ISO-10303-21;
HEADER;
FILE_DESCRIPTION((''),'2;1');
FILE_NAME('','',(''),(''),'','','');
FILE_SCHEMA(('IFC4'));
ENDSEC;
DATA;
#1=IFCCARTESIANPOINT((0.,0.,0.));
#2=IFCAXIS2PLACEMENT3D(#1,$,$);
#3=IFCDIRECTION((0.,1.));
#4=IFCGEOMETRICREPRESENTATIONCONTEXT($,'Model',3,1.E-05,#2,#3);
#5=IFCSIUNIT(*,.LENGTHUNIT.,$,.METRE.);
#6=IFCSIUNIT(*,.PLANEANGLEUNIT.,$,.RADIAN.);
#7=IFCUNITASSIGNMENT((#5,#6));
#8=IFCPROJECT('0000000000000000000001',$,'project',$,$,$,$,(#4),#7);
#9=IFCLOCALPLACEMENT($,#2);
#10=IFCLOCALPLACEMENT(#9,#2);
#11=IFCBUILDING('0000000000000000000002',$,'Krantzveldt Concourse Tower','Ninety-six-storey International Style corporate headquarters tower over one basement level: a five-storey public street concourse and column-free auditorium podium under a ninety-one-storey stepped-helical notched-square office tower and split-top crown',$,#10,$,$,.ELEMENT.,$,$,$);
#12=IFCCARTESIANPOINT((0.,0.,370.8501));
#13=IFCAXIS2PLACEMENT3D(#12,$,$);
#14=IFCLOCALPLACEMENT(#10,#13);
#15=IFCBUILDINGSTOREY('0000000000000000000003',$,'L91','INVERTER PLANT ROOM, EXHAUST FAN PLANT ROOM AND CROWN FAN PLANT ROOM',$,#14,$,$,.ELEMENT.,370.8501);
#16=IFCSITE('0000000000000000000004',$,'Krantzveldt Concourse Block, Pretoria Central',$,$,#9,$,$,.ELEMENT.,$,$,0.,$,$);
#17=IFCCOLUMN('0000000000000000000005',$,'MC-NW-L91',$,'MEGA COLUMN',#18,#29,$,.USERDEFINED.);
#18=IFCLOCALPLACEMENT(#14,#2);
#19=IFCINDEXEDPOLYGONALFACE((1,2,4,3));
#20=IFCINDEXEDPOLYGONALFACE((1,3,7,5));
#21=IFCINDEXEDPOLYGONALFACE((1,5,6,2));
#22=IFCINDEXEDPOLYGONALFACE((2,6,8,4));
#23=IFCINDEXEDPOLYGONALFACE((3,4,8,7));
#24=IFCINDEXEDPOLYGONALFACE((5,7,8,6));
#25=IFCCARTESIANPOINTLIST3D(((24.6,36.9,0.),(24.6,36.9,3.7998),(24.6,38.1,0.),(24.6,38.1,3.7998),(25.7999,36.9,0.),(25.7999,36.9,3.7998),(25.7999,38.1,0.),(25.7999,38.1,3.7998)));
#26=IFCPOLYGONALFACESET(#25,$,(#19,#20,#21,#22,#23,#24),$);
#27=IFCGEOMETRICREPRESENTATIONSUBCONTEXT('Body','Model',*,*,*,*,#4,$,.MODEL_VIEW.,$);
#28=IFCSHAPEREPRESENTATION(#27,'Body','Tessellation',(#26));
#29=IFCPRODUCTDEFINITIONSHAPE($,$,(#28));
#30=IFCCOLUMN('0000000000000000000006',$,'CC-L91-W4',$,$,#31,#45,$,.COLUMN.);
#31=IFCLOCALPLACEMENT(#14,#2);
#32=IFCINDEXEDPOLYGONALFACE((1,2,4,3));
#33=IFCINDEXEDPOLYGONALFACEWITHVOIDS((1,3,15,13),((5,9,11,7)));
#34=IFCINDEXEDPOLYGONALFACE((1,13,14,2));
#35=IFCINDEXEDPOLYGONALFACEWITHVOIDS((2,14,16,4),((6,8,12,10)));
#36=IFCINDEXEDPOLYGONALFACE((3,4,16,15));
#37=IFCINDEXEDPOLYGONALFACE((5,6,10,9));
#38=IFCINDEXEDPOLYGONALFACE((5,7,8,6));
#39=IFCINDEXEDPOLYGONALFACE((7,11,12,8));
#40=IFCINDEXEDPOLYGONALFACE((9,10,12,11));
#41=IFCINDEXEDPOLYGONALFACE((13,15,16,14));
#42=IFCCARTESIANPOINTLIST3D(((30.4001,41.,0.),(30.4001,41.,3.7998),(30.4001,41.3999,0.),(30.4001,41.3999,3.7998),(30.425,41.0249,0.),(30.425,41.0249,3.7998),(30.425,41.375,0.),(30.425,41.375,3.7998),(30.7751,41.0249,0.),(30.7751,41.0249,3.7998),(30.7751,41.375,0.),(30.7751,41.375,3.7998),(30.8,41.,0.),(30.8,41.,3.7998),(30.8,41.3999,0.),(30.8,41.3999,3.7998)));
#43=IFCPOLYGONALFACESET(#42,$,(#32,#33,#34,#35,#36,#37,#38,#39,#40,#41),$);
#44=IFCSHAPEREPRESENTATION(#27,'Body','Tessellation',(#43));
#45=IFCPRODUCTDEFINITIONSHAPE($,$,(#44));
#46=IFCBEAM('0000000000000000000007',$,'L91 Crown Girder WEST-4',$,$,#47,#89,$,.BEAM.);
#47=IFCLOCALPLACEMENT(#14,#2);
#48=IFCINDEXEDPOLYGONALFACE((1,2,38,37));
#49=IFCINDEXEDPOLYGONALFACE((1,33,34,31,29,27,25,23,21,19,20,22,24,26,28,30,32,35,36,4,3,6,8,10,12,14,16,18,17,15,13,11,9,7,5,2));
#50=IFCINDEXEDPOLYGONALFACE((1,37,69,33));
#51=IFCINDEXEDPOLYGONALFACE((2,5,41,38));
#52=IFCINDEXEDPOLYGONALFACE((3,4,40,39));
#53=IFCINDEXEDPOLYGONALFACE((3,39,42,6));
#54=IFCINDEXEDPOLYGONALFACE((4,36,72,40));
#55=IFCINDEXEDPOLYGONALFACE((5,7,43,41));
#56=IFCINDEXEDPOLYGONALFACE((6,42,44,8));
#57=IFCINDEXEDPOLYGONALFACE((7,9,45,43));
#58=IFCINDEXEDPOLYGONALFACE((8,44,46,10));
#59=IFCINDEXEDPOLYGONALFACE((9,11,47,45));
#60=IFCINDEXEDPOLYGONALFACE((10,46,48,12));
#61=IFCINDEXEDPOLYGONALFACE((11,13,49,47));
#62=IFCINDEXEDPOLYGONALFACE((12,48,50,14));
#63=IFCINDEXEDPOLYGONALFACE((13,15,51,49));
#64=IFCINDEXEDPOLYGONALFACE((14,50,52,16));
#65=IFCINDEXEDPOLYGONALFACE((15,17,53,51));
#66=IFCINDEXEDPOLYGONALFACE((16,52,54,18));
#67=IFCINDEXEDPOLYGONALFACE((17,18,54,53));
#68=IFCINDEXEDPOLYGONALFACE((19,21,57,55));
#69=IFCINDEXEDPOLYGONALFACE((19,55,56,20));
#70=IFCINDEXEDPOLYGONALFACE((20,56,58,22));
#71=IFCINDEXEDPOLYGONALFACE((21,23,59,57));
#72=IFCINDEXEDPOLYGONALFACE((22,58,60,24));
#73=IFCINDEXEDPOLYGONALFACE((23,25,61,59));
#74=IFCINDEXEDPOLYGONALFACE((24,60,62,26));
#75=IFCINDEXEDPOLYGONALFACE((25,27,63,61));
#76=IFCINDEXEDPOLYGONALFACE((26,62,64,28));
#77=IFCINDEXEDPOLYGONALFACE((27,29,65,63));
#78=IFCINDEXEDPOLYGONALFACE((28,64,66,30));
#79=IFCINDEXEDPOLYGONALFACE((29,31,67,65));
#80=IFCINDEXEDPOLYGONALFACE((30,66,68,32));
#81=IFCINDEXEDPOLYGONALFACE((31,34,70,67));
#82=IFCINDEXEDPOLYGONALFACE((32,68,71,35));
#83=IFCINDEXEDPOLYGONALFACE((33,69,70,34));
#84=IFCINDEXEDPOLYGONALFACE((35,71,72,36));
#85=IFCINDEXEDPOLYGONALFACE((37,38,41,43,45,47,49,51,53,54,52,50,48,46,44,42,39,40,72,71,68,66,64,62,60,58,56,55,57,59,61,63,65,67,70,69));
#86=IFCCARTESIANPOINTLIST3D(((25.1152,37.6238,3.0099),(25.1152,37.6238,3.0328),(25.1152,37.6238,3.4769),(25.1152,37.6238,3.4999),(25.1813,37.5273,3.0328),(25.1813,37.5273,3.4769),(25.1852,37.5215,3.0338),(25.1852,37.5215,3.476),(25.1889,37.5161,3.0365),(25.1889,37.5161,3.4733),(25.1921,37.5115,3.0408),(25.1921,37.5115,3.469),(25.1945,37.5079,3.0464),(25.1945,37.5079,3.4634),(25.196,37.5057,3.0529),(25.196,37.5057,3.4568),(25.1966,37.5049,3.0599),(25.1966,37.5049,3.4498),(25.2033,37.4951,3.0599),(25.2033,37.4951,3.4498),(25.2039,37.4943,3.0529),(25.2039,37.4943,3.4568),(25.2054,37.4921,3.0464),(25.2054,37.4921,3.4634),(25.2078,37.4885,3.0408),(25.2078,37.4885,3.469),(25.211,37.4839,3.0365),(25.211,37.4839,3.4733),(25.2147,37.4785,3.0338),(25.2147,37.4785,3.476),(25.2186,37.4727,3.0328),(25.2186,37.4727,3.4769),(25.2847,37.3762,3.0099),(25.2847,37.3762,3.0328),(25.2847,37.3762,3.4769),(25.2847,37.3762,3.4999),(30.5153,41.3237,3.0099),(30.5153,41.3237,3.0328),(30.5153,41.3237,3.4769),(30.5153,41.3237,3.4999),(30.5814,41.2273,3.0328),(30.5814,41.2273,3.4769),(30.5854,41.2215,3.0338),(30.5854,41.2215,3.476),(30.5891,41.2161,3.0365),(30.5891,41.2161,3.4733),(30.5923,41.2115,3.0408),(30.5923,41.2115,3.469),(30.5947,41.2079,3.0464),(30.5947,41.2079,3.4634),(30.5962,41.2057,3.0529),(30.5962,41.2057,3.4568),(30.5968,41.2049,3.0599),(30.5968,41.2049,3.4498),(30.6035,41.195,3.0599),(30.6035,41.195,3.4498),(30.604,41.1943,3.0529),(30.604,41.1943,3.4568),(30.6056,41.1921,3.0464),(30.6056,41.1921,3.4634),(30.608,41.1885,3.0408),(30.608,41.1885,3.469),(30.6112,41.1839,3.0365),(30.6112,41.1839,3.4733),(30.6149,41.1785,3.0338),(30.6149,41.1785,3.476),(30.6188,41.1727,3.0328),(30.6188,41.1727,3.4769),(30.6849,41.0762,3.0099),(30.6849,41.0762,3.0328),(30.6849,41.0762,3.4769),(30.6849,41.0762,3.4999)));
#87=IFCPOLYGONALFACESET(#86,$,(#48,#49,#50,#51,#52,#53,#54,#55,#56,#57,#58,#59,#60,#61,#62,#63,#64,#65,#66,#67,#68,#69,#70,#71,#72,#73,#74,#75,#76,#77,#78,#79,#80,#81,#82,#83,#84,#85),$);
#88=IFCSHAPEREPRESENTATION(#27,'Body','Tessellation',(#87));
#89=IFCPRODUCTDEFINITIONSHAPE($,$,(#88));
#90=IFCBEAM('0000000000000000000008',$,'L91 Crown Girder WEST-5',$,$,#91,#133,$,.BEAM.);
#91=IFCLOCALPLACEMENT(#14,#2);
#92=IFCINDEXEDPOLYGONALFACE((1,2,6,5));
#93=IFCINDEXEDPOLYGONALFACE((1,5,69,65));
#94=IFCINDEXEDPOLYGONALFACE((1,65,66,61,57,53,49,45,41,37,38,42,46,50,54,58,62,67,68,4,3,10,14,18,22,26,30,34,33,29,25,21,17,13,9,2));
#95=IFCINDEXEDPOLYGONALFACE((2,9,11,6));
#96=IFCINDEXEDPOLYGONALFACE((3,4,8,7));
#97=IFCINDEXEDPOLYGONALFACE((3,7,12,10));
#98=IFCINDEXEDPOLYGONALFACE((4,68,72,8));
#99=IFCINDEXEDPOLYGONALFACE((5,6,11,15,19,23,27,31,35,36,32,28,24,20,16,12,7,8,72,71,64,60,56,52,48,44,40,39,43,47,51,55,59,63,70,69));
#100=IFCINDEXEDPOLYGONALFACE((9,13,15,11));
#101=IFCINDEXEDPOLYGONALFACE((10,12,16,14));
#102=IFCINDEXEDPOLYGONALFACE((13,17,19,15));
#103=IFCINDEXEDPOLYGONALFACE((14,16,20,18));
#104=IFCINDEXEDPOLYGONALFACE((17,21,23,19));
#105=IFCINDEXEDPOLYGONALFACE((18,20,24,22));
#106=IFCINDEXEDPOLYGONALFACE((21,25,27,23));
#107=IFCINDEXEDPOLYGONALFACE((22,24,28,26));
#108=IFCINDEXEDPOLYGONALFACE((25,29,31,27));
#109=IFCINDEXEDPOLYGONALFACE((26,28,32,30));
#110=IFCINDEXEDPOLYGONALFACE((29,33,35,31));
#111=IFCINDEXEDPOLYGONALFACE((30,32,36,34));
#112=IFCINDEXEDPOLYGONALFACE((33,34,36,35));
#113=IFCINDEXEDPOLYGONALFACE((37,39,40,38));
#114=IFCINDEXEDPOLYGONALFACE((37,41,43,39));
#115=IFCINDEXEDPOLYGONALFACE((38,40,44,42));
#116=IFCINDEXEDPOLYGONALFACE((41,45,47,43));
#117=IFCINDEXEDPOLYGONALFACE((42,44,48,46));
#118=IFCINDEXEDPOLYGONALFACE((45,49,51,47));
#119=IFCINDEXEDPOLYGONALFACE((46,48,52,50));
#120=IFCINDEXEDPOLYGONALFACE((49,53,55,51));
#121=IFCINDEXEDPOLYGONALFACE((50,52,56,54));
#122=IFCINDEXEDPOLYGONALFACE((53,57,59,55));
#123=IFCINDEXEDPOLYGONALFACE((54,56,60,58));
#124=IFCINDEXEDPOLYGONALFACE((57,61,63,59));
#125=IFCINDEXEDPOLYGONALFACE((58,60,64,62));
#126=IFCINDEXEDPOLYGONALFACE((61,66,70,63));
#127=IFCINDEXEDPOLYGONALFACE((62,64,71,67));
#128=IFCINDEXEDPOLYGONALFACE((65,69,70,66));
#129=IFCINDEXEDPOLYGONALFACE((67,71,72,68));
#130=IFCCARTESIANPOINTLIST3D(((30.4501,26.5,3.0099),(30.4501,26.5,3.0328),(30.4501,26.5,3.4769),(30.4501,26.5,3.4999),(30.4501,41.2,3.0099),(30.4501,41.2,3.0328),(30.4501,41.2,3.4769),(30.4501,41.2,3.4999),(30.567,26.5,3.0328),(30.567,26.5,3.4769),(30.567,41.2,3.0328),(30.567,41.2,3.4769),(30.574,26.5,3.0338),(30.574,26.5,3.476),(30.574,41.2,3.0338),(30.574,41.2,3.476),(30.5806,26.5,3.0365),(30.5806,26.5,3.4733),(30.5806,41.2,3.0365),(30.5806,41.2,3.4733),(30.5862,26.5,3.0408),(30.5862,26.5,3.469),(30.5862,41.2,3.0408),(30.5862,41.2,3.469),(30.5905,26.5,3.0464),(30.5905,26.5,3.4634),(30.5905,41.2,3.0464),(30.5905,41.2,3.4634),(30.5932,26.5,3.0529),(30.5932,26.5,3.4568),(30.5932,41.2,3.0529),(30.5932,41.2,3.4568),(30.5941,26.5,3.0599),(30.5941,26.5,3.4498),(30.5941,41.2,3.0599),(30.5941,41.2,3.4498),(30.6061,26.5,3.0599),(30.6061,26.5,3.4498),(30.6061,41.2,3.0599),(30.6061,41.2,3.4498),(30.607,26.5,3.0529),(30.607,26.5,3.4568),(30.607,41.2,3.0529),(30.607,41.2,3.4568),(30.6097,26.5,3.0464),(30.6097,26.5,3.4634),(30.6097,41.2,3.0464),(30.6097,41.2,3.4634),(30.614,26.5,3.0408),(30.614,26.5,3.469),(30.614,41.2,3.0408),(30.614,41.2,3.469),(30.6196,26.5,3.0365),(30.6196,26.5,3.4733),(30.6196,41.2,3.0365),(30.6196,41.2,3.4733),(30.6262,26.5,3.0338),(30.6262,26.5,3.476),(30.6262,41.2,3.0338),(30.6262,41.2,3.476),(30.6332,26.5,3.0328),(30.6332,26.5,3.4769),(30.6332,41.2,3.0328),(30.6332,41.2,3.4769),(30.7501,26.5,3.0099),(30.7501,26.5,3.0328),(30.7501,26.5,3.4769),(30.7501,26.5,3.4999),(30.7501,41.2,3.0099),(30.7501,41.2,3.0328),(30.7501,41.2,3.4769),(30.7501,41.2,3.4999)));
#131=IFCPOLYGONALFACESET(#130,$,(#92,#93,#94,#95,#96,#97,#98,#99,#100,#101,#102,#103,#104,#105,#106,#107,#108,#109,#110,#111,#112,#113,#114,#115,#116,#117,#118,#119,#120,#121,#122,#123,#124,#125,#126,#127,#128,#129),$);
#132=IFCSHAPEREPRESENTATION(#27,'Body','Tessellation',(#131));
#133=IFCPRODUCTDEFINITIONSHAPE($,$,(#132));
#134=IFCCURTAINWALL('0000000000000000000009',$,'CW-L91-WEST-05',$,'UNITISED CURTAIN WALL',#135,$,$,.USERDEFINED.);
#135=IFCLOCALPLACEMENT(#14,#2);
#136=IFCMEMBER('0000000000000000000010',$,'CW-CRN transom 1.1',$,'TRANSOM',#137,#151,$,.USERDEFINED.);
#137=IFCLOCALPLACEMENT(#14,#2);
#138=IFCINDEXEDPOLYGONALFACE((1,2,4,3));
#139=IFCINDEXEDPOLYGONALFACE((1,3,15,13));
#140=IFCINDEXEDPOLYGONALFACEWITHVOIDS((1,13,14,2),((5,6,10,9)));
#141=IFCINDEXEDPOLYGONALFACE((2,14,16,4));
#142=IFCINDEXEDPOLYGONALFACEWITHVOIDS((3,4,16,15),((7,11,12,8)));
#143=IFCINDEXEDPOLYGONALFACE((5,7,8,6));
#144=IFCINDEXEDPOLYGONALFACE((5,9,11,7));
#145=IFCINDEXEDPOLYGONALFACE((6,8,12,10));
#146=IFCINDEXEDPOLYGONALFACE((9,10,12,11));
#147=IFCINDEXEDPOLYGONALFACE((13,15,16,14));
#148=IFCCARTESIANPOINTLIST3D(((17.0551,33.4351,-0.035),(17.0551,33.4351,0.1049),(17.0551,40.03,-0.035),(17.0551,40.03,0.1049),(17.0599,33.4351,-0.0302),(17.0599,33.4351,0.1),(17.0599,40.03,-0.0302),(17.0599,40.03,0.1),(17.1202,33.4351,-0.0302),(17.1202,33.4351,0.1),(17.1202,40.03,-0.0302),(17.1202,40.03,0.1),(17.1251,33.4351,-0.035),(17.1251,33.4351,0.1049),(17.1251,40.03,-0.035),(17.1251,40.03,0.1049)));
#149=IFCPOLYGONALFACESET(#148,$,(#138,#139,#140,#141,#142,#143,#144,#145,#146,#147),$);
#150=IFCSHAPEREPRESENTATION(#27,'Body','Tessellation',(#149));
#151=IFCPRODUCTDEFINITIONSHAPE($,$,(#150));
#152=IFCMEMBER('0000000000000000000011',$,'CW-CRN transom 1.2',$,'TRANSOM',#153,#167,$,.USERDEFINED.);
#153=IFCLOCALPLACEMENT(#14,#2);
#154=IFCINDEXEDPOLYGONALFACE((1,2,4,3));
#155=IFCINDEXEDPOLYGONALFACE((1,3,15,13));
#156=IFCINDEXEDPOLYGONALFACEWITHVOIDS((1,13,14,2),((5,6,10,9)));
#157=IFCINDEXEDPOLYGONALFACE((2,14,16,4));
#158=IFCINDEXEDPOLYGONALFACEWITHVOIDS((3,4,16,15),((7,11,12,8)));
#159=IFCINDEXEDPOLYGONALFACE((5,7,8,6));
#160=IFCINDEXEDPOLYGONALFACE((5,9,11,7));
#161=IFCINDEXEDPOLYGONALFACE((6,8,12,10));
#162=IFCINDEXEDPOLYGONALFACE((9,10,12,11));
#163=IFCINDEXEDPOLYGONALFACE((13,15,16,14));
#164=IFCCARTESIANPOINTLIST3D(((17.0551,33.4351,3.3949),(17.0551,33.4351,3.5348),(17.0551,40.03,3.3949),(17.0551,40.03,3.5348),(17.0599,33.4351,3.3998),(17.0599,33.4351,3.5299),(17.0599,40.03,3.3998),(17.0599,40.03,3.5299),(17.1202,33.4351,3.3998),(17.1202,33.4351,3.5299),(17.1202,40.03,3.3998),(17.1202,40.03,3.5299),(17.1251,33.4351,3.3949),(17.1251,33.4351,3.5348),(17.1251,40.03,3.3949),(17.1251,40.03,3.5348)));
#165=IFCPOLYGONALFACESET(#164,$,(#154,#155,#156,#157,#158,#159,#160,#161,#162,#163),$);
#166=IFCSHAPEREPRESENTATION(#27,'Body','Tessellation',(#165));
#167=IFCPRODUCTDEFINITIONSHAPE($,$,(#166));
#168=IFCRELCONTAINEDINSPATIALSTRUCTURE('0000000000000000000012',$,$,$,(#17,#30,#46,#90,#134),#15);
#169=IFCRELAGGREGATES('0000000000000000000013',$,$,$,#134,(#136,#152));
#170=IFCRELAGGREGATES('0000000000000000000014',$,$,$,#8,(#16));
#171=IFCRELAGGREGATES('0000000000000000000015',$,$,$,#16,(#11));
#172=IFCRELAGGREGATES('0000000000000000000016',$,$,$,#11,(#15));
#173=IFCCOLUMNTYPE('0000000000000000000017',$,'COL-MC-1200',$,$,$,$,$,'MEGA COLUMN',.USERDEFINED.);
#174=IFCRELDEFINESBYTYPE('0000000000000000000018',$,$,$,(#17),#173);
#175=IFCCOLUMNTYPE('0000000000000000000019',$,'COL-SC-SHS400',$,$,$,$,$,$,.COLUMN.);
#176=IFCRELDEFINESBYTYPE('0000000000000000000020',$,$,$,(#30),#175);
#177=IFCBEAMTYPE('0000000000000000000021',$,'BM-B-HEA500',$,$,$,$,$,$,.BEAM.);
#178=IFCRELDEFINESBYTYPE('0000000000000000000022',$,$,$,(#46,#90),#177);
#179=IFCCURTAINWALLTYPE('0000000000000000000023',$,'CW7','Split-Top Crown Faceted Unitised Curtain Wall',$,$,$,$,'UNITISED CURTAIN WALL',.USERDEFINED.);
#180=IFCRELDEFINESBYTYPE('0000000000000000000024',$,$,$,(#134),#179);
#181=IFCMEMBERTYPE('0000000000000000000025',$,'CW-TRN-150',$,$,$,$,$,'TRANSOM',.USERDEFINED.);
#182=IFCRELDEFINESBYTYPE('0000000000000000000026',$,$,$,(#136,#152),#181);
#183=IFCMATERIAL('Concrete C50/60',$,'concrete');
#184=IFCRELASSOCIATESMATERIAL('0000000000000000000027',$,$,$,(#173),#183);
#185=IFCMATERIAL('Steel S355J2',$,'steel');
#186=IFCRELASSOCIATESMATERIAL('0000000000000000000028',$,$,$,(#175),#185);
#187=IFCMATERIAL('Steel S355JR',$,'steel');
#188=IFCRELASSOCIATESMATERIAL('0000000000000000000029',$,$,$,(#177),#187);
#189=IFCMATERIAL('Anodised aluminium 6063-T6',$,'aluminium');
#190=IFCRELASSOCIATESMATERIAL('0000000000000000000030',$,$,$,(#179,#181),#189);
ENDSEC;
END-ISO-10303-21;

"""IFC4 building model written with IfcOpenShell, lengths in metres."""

from ifc_helpers import new_model, si_unit, direction, frame, origin, origin_2d, place, context, subcontext, project, spatial, rectangle, hollow_rectangle, i_section, extrude, source, transform, mapped, material, material_profile, profile_set, type_object, type_shapes, element, aggregate, save


model = new_model("IFC4")

# Units and contexts
model_context = context("Model", 3, precision=1e-05, world=origin(), true_north=direction((0.0, 1.0)))
body_context = subcontext(model_context, "Body", "Model", "MODEL_VIEW")
ifc_project = project(units=[si_unit("LENGTHUNIT", "METRE"), si_unit("PLANEANGLEUNIT", "RADIAN")], contexts=[model_context])

# Site, building, storey
site_placement = place(None, origin())
site = spatial("IfcSite", under=ifc_project, at=site_placement, Name="Krantzveldt Concourse Block, Pretoria Central", CompositionType="ELEMENT", RefElevation=0.0)
building_placement = place(site_placement, origin())
building = spatial("IfcBuilding", under=site, at=building_placement, Name="Krantzveldt Concourse Tower", Description="Ninety-six-storey International Style corporate headquarters tower over one basement level: a five-storey public street concourse and column-free auditorium podium under a ninety-one-storey stepped-helical notched-square office tower and split-top crown", CompositionType="ELEMENT")
storey_placement = place(building_placement, frame((0.0, 0.0, 370.8501)))
storey = spatial("IfcBuildingStorey", under=building, at=storey_placement, Name="L91", Description="INVERTER PLANT ROOM, EXHAUST FAN PLANT ROOM AND CROWN FAN PLANT ROOM", CompositionType="ELEMENT", Elevation=370.8501)

# Columns
ifc_material_1 = material(Name="Concrete C50/60", Category="concrete")
ifc_material_profile_1 = material_profile(ifc_material_1, rectangle(XDim=1.2, YDim=1.2, at=origin_2d()), Name="Concrete C50/60", Category="concrete")
ifc_profile_set_1 = profile_set([ifc_material_profile_1], Name="Concrete C50/60 - RC 1200x1200")
column_type_1 = type_object("IfcColumnType", Name="COL-MC-1200", ElementType="MEGA COLUMN", PredefinedType="USERDEFINED", material=ifc_profile_set_1)
shared_shape_1 = source(origin(), body_context, "Body", "SweptSolid", [
    extrude(rectangle(XDim=1.2, YDim=1.2, at=origin_2d()), origin(), (0.0, 0.0, 1.0), 3.7998),
])
type_shapes(column_type_1, [shared_shape_1])
column_1_placement = place(storey_placement, frame((25.2, 37.5, 0.0), z_axis=(0.0, 0.0, 1.0), x_axis=(1.0, 0.0, 0.0)))
element("IfcColumn", 1, at=column_1_placement, inside=storey, type_object=column_type_1, Name="MC-NW-L91", ObjectType="MEGA COLUMN", PredefinedType="USERDEFINED", context=body_context, shape_type="MappedRepresentation", body=[
    mapped(shared_shape_1, transform((0.0, 0.0, 0.0), x_axis=(1.0, 0.0, 0.0), y_axis=(0.0, 1.0, 0.0), z_axis=(0.0, 0.0, 1.0), scale=1.0)),
])
ifc_material_2 = material(Name="Steel S355J2", Category="steel")
ifc_material_profile_2 = material_profile(ifc_material_2, hollow_rectangle(XDim=0.3999, YDim=0.3999, WallThickness=0.0249, at=origin_2d()), Name="Steel S355J2", Category="steel")
ifc_profile_set_2 = profile_set([ifc_material_profile_2], Name="Steel S355J2 - SHS 400x400x25")
column_type_2 = type_object("IfcColumnType", Name="COL-SC-SHS400", PredefinedType="COLUMN", material=ifc_profile_set_2)
shared_shape_2 = source(origin(), body_context, "Body", "SweptSolid", [
    extrude(hollow_rectangle(XDim=0.3999, YDim=0.3999, WallThickness=0.0249, at=origin_2d()), origin(), (0.0, 0.0, 1.0), 3.7998),
])
type_shapes(column_type_2, [shared_shape_2])
column_2_placement = place(storey_placement, frame((30.6001, 41.2, 0.0), z_axis=(0.0, 0.0, 1.0), x_axis=(1.0, 0.0, 0.0)))
element("IfcColumn", 2, at=column_2_placement, inside=storey, type_object=column_type_2, Name="CC-L91-W4", PredefinedType="COLUMN", context=body_context, shape_type="MappedRepresentation", body=[
    mapped(shared_shape_2, transform((0.0, 0.0, 0.0), x_axis=(1.0, 0.0, 0.0), y_axis=(0.0, 1.0, 0.0), z_axis=(0.0, 0.0, 1.0), scale=1.0)),
])

# Beams
ifc_material_3 = material(Name="Steel S355JR", Category="steel")
ifc_material_profile_3 = material_profile(ifc_material_3, i_section(OverallWidth=0.3, OverallDepth=0.49, WebThickness=0.012, FlangeThickness=0.0229, FilletRadius=0.0271, at=origin_2d()), Name="Steel S355JR", Category="steel")
ifc_profile_set_3 = profile_set([ifc_material_profile_3], Name="Steel S355JR - HEA 500")
beam_type = type_object("IfcBeamType", Name="BM-B-HEA500", PredefinedType="BEAM", material=ifc_profile_set_3)
shared_shape_3 = source(origin(), body_context, "Body", "SweptSolid", [
    extrude(i_section(OverallWidth=0.3, OverallDepth=0.49, WebThickness=0.012, FlangeThickness=0.0229, FilletRadius=0.0271, at=origin_2d()), origin(), (0.0, 0.0, 1.0), 6.5461),
])
beam_1_placement = place(storey_placement, frame((25.2, 37.5, 3.2549), z_axis=(0.824943, 0.565216, 0.0), x_axis=(-0.565216, 0.824943, 0.0)))
element("IfcBeam", 3, at=beam_1_placement, inside=storey, type_object=beam_type, Name="L91 Crown Girder WEST-4", PredefinedType="BEAM", context=body_context, shape_type="MappedRepresentation", body=[
    mapped(shared_shape_3, transform((0.0, 0.0, 0.0), x_axis=(1.0, 0.0, 0.0), y_axis=(0.0, 1.0, 0.0), z_axis=(0.0, 0.0, 1.0), scale=1.0)),
])
shared_shape_4 = source(origin(), body_context, "Body", "SweptSolid", [
    extrude(i_section(OverallWidth=0.3, OverallDepth=0.49, WebThickness=0.012, FlangeThickness=0.0229, FilletRadius=0.0271, at=origin_2d()), origin(), (0.0, 0.0, 1.0), 14.7),
])
type_shapes(beam_type, [shared_shape_3, shared_shape_4])
beam_2_placement = place(storey_placement, frame((30.6001, 41.2, 3.2549), z_axis=(0.0, -1.0, 0.0), x_axis=(1.0, 0.0, 0.0)))
element("IfcBeam", 4, at=beam_2_placement, inside=storey, type_object=beam_type, Name="L91 Crown Girder WEST-5", PredefinedType="BEAM", context=body_context, shape_type="MappedRepresentation", body=[
    mapped(shared_shape_4, transform((0.0, 0.0, 0.0), x_axis=(1.0, 0.0, 0.0), y_axis=(0.0, 1.0, 0.0), z_axis=(0.0, 0.0, 1.0), scale=1.0)),
])

# Curtain wall, members
ifc_material_4 = material(Name="Anodised aluminium 6063-T6", Category="aluminium")
curtain_wall_type = type_object("IfcCurtainWallType", Name="CW7", Description="Split-Top Crown Faceted Unitised Curtain Wall", ElementType="UNITISED CURTAIN WALL", PredefinedType="USERDEFINED", material=ifc_material_4)
curtain_wall_1_placement = place(storey_placement, origin())
curtain_wall_1 = element("IfcCurtainWall", 5, at=curtain_wall_1_placement, inside=storey, type_object=curtain_wall_type, Name="CW-L91-WEST-05", ObjectType="UNITISED CURTAIN WALL", PredefinedType="USERDEFINED")
ifc_material_profile_4 = material_profile(ifc_material_4, hollow_rectangle(XDim=0.0701, YDim=0.1399, WallThickness=0.0049, at=origin_2d()), Name="Anodised aluminium 6063-T6", Category="aluminium")
ifc_profile_set_4 = profile_set([ifc_material_profile_4], Name="Anodised aluminium 6063-T6 - ALU-TRAN 140x70x5")
member_type_1 = type_object("IfcMemberType", Name="CW-TRN-150", ElementType="TRANSOM", PredefinedType="USERDEFINED", material=ifc_profile_set_4)
shared_shape_5 = source(origin(), body_context, "Body", "SweptSolid", [
    extrude(hollow_rectangle(XDim=0.0701, YDim=0.1399, WallThickness=0.0049, at=origin_2d()), origin(), (0.0, 0.0, 1.0), 6.595),
])
member_1_placement = place(storey_placement, frame((17.0901, 40.03, 0.0349), z_axis=(0.0, -1.0, 0.0), x_axis=(1.0, 0.0, 0.0)))
member_1 = element("IfcMember", 6, at=member_1_placement, type_object=member_type_1, Name="CW-CRN transom 1.1", ObjectType="TRANSOM", PredefinedType="USERDEFINED", context=body_context, shape_type="MappedRepresentation", body=[
    mapped(shared_shape_5, transform((0.0, 0.0, 0.0), x_axis=(1.0, 0.0, 0.0), y_axis=(0.0, 1.0, 0.0), z_axis=(0.0, 0.0, 1.0), scale=1.0)),
])
member_2_placement = place(storey_placement, frame((17.0901, 40.03, 3.4648), z_axis=(0.0, -1.0, 0.0), x_axis=(1.0, 0.0, 0.0)))
member_2 = element("IfcMember", 7, at=member_2_placement, type_object=member_type_1, Name="CW-CRN transom 1.2", ObjectType="TRANSOM", PredefinedType="USERDEFINED", context=body_context, shape_type="MappedRepresentation", body=[
    mapped(shared_shape_5, transform((0.0, 0.0, 0.0), x_axis=(1.0, 0.0, 0.0), y_axis=(0.0, 1.0, 0.0), z_axis=(0.0, 0.0, 1.0), scale=1.0)),
])

aggregate(curtain_wall_1, [member_1, member_2])

save(model, "model.ifc")
